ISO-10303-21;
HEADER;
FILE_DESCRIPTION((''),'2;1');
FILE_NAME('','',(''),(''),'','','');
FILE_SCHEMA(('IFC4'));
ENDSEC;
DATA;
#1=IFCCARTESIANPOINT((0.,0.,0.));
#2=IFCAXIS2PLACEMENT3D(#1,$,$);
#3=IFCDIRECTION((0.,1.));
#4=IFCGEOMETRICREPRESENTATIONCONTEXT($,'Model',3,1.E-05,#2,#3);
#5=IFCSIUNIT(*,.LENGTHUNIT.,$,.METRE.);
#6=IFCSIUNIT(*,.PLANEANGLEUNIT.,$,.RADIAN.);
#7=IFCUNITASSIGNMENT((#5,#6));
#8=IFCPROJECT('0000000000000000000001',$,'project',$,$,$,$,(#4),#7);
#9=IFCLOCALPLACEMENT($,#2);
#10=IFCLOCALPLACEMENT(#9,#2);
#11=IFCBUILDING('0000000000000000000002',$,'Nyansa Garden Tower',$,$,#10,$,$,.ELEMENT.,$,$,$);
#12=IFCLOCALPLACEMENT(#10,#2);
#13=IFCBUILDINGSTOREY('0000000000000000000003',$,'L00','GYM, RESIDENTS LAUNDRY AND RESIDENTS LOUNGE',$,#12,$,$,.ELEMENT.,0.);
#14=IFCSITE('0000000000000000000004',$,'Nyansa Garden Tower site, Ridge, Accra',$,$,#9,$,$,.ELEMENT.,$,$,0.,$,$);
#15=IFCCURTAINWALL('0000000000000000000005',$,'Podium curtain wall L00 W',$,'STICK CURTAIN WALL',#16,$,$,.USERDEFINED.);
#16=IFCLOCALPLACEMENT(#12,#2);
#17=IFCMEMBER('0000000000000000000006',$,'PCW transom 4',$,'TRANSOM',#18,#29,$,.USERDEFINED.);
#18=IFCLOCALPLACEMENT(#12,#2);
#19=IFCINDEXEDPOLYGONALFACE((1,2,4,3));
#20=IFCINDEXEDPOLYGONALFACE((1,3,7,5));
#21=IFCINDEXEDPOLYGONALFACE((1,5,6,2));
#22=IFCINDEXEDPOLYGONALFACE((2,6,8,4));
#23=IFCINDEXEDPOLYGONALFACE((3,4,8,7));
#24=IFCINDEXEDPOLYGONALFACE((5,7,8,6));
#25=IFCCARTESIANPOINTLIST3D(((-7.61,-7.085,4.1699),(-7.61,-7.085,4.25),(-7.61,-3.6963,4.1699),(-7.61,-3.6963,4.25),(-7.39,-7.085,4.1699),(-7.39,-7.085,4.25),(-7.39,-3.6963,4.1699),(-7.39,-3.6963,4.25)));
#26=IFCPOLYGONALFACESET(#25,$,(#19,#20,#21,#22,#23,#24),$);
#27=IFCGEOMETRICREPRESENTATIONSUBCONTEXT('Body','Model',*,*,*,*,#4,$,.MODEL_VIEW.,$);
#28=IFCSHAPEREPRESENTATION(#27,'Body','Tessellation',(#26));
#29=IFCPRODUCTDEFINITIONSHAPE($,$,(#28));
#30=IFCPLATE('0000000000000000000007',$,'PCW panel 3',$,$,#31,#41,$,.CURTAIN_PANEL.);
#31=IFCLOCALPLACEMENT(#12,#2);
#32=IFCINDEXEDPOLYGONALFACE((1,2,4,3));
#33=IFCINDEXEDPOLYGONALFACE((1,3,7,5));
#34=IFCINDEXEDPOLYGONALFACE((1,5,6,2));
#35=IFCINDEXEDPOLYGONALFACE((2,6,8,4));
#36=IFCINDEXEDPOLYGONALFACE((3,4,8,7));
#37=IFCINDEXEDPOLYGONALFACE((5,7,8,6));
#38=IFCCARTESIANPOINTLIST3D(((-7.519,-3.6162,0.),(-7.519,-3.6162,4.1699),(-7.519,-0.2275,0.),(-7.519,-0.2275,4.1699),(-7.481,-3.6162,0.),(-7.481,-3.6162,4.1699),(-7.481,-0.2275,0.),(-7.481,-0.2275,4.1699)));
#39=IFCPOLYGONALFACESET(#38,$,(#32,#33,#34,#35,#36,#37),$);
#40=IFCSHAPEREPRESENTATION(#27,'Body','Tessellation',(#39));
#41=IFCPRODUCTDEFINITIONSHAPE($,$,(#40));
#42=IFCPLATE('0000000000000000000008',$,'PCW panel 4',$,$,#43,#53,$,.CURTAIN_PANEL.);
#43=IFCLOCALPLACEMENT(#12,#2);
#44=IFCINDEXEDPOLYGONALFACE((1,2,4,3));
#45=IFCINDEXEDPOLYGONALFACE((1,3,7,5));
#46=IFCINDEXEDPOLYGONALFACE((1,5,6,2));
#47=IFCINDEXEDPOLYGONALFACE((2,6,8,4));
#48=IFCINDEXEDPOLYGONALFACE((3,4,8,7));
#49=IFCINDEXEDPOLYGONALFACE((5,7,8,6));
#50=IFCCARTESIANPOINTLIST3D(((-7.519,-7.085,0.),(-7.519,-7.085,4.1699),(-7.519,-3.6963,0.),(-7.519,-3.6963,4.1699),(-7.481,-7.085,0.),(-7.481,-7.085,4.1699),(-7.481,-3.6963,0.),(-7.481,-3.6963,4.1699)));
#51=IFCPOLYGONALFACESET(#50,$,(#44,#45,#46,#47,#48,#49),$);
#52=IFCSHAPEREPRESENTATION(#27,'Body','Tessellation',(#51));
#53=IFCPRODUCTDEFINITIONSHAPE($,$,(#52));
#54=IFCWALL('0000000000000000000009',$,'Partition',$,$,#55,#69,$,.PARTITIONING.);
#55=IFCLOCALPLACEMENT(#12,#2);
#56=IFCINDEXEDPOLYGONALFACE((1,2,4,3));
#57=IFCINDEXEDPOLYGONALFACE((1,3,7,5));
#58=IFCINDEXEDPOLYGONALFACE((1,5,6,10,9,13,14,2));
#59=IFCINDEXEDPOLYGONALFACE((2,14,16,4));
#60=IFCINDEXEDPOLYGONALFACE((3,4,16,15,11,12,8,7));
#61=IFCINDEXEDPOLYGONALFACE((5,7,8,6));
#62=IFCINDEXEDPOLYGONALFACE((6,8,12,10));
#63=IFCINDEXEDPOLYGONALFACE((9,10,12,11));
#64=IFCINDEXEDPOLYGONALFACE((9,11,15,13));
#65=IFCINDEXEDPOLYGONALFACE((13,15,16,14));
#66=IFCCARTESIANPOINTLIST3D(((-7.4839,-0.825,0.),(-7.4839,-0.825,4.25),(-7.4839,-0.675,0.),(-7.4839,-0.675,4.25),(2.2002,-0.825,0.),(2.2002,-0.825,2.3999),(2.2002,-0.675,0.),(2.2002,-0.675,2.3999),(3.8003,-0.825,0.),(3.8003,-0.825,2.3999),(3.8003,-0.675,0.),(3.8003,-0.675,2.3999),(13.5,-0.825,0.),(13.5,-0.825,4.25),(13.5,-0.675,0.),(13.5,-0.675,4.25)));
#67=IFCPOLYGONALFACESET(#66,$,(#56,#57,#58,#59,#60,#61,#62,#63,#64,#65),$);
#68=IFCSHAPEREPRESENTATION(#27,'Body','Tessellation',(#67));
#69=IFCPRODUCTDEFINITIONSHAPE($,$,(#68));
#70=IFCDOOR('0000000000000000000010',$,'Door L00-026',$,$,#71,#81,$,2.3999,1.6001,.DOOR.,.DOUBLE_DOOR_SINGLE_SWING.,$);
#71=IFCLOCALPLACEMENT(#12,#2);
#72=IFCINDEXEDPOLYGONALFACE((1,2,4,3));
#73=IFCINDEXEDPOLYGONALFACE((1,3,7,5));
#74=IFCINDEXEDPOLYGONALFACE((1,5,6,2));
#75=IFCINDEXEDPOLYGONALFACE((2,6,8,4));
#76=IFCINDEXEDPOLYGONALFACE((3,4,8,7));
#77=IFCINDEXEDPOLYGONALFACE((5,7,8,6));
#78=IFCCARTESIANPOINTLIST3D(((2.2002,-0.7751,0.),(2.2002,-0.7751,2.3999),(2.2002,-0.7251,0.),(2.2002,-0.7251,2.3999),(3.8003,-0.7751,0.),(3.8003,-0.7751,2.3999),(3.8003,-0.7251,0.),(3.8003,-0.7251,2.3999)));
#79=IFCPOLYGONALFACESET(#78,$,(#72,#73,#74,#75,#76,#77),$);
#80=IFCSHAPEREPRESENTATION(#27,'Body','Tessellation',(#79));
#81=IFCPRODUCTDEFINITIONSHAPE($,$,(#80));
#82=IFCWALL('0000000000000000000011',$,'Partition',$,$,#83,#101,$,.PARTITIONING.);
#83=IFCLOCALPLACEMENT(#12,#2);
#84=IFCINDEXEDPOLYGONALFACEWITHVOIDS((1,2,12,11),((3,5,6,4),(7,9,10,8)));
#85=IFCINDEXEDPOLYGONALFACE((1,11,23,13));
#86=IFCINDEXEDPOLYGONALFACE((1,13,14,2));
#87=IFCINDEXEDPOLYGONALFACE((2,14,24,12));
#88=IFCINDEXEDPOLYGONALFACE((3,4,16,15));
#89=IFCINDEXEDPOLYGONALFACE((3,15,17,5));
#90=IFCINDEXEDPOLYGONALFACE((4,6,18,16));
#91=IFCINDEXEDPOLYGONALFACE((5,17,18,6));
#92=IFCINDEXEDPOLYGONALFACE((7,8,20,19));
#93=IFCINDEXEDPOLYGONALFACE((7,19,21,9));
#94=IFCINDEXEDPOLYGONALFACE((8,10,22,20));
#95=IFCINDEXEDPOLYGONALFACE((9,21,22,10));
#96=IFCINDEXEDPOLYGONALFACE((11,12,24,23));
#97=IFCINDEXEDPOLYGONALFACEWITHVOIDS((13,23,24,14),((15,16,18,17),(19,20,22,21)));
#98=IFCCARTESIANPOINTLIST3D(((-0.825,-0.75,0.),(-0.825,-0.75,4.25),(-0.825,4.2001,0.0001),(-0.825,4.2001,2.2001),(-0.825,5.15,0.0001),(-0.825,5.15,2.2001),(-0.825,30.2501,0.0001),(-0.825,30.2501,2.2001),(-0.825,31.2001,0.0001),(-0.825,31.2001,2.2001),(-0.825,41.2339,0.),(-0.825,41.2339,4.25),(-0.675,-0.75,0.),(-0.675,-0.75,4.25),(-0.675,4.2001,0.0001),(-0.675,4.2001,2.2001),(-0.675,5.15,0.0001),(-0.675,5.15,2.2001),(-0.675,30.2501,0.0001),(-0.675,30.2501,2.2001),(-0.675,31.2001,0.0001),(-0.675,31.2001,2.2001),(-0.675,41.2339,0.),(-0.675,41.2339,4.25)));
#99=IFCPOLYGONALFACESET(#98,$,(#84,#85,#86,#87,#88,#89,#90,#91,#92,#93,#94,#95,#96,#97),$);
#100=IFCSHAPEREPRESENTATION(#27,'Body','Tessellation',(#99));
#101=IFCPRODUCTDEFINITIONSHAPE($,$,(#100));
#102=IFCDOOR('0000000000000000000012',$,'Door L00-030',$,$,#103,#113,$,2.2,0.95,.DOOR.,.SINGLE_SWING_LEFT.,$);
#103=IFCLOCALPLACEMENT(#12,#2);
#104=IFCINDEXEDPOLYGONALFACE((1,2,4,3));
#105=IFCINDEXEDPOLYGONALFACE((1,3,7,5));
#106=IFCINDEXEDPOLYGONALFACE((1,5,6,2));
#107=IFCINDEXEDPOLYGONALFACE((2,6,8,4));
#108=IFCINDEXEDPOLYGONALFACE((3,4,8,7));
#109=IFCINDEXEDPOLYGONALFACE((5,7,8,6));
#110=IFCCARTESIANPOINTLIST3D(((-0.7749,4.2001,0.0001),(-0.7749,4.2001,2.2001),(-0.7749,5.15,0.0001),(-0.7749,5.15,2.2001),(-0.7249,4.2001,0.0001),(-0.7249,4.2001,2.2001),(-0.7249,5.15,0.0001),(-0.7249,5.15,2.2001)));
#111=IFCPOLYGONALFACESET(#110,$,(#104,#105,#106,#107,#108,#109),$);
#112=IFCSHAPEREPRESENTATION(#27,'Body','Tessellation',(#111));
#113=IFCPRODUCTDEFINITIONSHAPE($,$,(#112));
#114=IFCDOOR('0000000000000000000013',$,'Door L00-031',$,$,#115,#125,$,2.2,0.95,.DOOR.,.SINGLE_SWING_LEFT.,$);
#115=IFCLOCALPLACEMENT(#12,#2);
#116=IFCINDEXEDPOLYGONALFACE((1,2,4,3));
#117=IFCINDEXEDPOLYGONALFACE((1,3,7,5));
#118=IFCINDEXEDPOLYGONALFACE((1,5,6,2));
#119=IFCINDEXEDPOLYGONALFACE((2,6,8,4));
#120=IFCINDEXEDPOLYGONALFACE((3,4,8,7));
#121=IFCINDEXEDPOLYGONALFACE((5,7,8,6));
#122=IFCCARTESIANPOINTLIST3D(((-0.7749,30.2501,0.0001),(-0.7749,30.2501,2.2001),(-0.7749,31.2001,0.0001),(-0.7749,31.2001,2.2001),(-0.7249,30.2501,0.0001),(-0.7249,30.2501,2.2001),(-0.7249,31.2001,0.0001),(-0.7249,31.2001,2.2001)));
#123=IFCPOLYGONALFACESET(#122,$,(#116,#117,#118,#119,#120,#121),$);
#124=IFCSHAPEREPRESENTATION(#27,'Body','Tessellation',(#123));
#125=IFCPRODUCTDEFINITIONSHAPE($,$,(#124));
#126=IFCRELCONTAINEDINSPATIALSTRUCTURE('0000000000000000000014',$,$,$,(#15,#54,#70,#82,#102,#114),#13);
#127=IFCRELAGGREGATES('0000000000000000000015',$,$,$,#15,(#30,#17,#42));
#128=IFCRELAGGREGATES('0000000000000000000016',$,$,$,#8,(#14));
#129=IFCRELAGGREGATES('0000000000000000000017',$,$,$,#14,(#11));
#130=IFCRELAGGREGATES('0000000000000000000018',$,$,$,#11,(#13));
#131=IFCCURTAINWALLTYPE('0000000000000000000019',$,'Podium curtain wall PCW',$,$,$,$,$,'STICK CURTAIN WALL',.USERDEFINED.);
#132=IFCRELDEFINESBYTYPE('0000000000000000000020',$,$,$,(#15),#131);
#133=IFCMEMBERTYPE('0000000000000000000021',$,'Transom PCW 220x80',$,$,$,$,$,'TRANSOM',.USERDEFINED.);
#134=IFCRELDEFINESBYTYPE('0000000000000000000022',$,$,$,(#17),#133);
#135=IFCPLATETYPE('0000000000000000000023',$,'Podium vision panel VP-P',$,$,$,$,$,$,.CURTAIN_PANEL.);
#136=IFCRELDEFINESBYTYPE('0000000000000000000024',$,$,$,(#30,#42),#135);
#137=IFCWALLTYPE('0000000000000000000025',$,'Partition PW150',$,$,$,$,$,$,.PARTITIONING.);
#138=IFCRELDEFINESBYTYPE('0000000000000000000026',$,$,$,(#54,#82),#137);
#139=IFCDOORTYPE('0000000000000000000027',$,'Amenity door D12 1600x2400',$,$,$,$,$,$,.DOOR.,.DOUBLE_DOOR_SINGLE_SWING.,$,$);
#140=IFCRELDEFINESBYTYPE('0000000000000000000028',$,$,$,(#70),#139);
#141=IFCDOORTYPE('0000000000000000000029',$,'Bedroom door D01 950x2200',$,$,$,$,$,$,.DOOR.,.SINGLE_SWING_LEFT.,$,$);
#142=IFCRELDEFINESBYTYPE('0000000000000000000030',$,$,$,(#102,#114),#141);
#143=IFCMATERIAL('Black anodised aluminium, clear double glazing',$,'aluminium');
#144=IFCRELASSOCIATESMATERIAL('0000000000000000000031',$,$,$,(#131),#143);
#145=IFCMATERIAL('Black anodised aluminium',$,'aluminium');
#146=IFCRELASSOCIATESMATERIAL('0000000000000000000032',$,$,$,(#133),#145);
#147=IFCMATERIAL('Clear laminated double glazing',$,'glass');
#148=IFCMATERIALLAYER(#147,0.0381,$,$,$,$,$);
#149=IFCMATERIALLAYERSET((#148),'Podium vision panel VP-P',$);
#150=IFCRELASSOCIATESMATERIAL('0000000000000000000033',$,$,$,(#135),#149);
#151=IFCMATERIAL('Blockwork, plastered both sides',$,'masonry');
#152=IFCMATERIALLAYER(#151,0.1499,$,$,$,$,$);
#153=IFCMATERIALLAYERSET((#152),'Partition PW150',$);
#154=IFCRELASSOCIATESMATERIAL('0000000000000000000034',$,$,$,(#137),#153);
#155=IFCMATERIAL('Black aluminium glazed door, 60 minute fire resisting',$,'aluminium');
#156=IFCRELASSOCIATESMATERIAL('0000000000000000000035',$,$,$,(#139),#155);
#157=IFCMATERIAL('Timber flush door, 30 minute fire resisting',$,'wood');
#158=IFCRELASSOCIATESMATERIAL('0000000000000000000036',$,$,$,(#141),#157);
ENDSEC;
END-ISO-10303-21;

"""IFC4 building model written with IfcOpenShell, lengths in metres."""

from ifc_helpers import new_model, si_unit, direction, frame, frame_2d, origin, origin_2d, place, context, subcontext, project, spatial, rectangle, extrude, material, layer, layer_set, material_profile, profile_set, type_object, element, fill, aggregate, save


model = new_model("IFC4")

# Units and contexts
model_context = context("Model", 3, precision=1e-05, world=origin(), true_north=direction((0.0, 1.0)))
body_context = subcontext(model_context, "Body", "Model", "MODEL_VIEW")
ifc_project = project(units=[si_unit("LENGTHUNIT", "METRE"), si_unit("PLANEANGLEUNIT", "RADIAN")], contexts=[model_context])

# Site, building, storey
site_placement = place(None, origin())
site = spatial("IfcSite", under=ifc_project, at=site_placement, Name="Nyansa Garden Tower site, Ridge, Accra", CompositionType="ELEMENT", RefElevation=0.0)
building_placement = place(site_placement, origin())
building = spatial("IfcBuilding", under=site, at=building_placement, Name="Nyansa Garden Tower", CompositionType="ELEMENT")
storey_placement = place(building_placement, origin())
storey = spatial("IfcBuildingStorey", under=building, at=storey_placement, Name="L00", Description="GYM, RESIDENTS LAUNDRY AND RESIDENTS LOUNGE", CompositionType="ELEMENT", Elevation=0.0)

# Curtain wall
ifc_material_1 = material(Name="Black anodised aluminium, clear double glazing", Category="aluminium")
curtain_wall_type = type_object("IfcCurtainWallType", Name="Podium curtain wall PCW", ElementType="STICK CURTAIN WALL", PredefinedType="USERDEFINED", material=ifc_material_1)
curtain_wall_placement = place(storey_placement, origin())
curtain_wall = element("IfcCurtainWall", 1, at=curtain_wall_placement, inside=storey, type_object=curtain_wall_type, Name="Podium curtain wall L00 W", ObjectType="STICK CURTAIN WALL", PredefinedType="USERDEFINED")

# Member
ifc_material_2 = material(Name="Black anodised aluminium", Category="aluminium")
ifc_material_profile_1 = material_profile(ifc_material_2, rectangle(XDim=0.22, YDim=0.0801, at=origin_2d()), Name="Transom 220x80")
ifc_profile_set_1 = profile_set([ifc_material_profile_1], Name="Black anodised aluminium")
member_type_1 = type_object("IfcMemberType", Name="Transom PCW 220x80", ElementType="TRANSOM", PredefinedType="USERDEFINED", material=ifc_profile_set_1)
member_1_placement = place(storey_placement, frame((-7.5, -3.6963, 4.21), z_axis=(0.0, -1.0, 0.0), x_axis=(1.0, 0.0, 0.0)))
member_1 = element("IfcMember", 2, at=member_1_placement, type_object=member_type_1, Name="PCW transom 4", ObjectType="TRANSOM", PredefinedType="USERDEFINED", context=body_context, shape_type="SweptSolid", body=[
    extrude(rectangle(XDim=0.22, YDim=0.0801, at=origin_2d()), origin(), (0.0, 0.0, 1.0), 3.3887),
])

# Plates
ifc_material_3 = material(Name="Clear laminated double glazing", Category="glass")
ifc_layer_1 = layer(ifc_material_3, 0.0381)
ifc_layer_set_1 = layer_set([ifc_layer_1], Name="Podium vision panel VP-P")
plate_type = type_object("IfcPlateType", Name="Podium vision panel VP-P", PredefinedType="CURTAIN_PANEL", material=ifc_layer_set_1)
plate_1_placement = place(storey_placement, frame((-7.5, -1.9219, 0.0), z_axis=(0.0, 0.0, 1.0), x_axis=(0.0, -1.0, 0.0)))
plate_1 = element("IfcPlate", 3, at=plate_1_placement, type_object=plate_type, Name="PCW panel 3", PredefinedType="CURTAIN_PANEL", context=body_context, shape_type="SweptSolid", body=[
    extrude(rectangle(XDim=3.3887, YDim=0.0381, at=origin_2d()), origin(), (0.0, 0.0, 1.0), 4.1699),
])
plate_2_placement = place(storey_placement, frame((-7.5, -5.3906, 0.0), z_axis=(0.0, 0.0, 1.0), x_axis=(0.0, -1.0, 0.0)))
plate_2 = element("IfcPlate", 4, at=plate_2_placement, type_object=plate_type, Name="PCW panel 4", PredefinedType="CURTAIN_PANEL", context=body_context, shape_type="SweptSolid", body=[
    extrude(rectangle(XDim=3.3887, YDim=0.0381, at=origin_2d()), origin(), (0.0, 0.0, 1.0), 4.1699),
])
aggregate(curtain_wall, [plate_1, member_1, plate_2])

# Wall, opening, door
ifc_material_4 = material(Name="Blockwork, plastered both sides", Category="masonry")
ifc_layer_2 = layer(ifc_material_4, 0.1499)
ifc_layer_set_2 = layer_set([ifc_layer_2], Name="Partition PW150")
wall_type = type_object("IfcWallType", Name="Partition PW150", PredefinedType="PARTITIONING", material=ifc_layer_set_2)
wall_1_placement = place(storey_placement, frame((-7.4839, -0.75, 0.0), z_axis=(0.0, 0.0, 1.0), x_axis=(1.0, 0.0, 0.0)))
wall_1 = element("IfcWall", 5, at=wall_1_placement, inside=storey, type_object=wall_type, Name="Partition", PredefinedType="PARTITIONING", context=body_context, shape_type="SweptSolid", body=[
    extrude(rectangle(XDim=20.9839, YDim=0.1499, at=frame_2d((10.4919, 0.0))), origin(), (0.0, 0.0, 1.0), 4.25),
])
opening_1_placement = place(wall_1_placement, frame((9.6841, 0.0, 0.0)))
opening_1 = element("IfcOpeningElement", 6, at=opening_1_placement, cuts=wall_1, PredefinedType="OPENING", context=body_context, shape_type="SweptSolid", body=[
    extrude(rectangle(XDim=1.6001, YDim=2.3999, at=frame_2d((0.8, 1.2))), frame((0.0, 0.085, 0.0), z_axis=(0.0, -1.0, 0.0), x_axis=(1.0, 0.0, 0.0)), (0.0, 0.0, 1.0), 0.1699),
])
ifc_material_5 = material(Name="Black aluminium glazed door, 60 minute fire resisting", Category="aluminium")
door_type_1 = type_object("IfcDoorType", Name="Amenity door D12 1600x2400", OperationType="DOUBLE_DOOR_SINGLE_SWING", PredefinedType="DOOR", material=ifc_material_5)
door_1_placement = place(opening_1_placement, origin())
door_1 = element("IfcDoor", 7, at=door_1_placement, inside=storey, type_object=door_type_1, Name="Door L00-026", OperationType="DOUBLE_DOOR_SINGLE_SWING", OverallHeight=2.3999, OverallWidth=1.6001, PredefinedType="DOOR", context=body_context, shape_type="SweptSolid", body=[
    extrude(rectangle(XDim=1.6001, YDim=2.3999, at=frame_2d((0.8, 1.2))), frame((0.0, 0.0249, 0.0), z_axis=(0.0, -1.0, 0.0), x_axis=(1.0, 0.0, 0.0)), (0.0, 0.0, 1.0), 0.05),
])
fill(opening_1, door_1)

# Wall, openings, doors
wall_2_placement = place(storey_placement, frame((-0.75, -0.75, 0.0), z_axis=(0.0, 0.0, 1.0), x_axis=(0.0, 1.0, 0.0)))
wall_2 = element("IfcWall", 8, at=wall_2_placement, inside=storey, type_object=wall_type, Name="Partition", PredefinedType="PARTITIONING", context=body_context, shape_type="SweptSolid", body=[
    extrude(rectangle(XDim=41.9839, YDim=0.1499, at=frame_2d((20.9919, 0.0))), origin(), (0.0, 0.0, 1.0), 4.25),
])
opening_2_placement = place(wall_2_placement, frame((4.95, 0.0, 0.0)))
opening_2 = element("IfcOpeningElement", 9, at=opening_2_placement, cuts=wall_2, PredefinedType="OPENING", context=body_context, shape_type="SweptSolid", body=[
    extrude(rectangle(XDim=0.95, YDim=2.2, at=frame_2d((0.4751, 1.1001))), frame((0.0, 0.085, 0.0), z_axis=(0.0, -1.0, 0.0), x_axis=(1.0, 0.0, 0.0)), (0.0, 0.0, 1.0), 0.1699),
])
opening_3_placement = place(wall_2_placement, frame((31.0, 0.0, 0.0)))
opening_3 = element("IfcOpeningElement", 10, at=opening_3_placement, cuts=wall_2, PredefinedType="OPENING", context=body_context, shape_type="SweptSolid", body=[
    extrude(rectangle(XDim=0.95, YDim=2.2, at=frame_2d((0.4751, 1.1001))), frame((0.0, 0.085, 0.0), z_axis=(0.0, -1.0, 0.0), x_axis=(1.0, 0.0, 0.0)), (0.0, 0.0, 1.0), 0.1699),
])
ifc_material_6 = material(Name="Timber flush door, 30 minute fire resisting", Category="wood")
door_type_2 = type_object("IfcDoorType", Name="Bedroom door D01 950x2200", OperationType="SINGLE_SWING_LEFT", PredefinedType="DOOR", material=ifc_material_6)
door_2_placement = place(opening_2_placement, origin())
door_2 = element("IfcDoor", 11, at=door_2_placement, inside=storey, type_object=door_type_2, Name="Door L00-030", OperationType="SINGLE_SWING_LEFT", OverallHeight=2.2, OverallWidth=0.95, PredefinedType="DOOR", context=body_context, shape_type="SweptSolid", body=[
    extrude(rectangle(XDim=0.95, YDim=2.2, at=frame_2d((0.4751, 1.1001))), frame((0.0, 0.0249, 0.0), z_axis=(0.0, -1.0, 0.0), x_axis=(1.0, 0.0, 0.0)), (0.0, 0.0, 1.0), 0.05),
])
fill(opening_2, door_2)
door_3_placement = place(opening_3_placement, origin())
door_3 = element("IfcDoor", 12, at=door_3_placement, inside=storey, type_object=door_type_2, Name="Door L00-031", OperationType="SINGLE_SWING_LEFT", OverallHeight=2.2, OverallWidth=0.95, PredefinedType="DOOR", context=body_context, shape_type="SweptSolid", body=[
    extrude(rectangle(XDim=0.95, YDim=2.2, at=frame_2d((0.4751, 1.1001))), frame((0.0, 0.0249, 0.0), z_axis=(0.0, -1.0, 0.0), x_axis=(1.0, 0.0, 0.0)), (0.0, 0.0, 1.0), 0.05),
])
fill(opening_3, door_3)

save(model, "model.ifc")
